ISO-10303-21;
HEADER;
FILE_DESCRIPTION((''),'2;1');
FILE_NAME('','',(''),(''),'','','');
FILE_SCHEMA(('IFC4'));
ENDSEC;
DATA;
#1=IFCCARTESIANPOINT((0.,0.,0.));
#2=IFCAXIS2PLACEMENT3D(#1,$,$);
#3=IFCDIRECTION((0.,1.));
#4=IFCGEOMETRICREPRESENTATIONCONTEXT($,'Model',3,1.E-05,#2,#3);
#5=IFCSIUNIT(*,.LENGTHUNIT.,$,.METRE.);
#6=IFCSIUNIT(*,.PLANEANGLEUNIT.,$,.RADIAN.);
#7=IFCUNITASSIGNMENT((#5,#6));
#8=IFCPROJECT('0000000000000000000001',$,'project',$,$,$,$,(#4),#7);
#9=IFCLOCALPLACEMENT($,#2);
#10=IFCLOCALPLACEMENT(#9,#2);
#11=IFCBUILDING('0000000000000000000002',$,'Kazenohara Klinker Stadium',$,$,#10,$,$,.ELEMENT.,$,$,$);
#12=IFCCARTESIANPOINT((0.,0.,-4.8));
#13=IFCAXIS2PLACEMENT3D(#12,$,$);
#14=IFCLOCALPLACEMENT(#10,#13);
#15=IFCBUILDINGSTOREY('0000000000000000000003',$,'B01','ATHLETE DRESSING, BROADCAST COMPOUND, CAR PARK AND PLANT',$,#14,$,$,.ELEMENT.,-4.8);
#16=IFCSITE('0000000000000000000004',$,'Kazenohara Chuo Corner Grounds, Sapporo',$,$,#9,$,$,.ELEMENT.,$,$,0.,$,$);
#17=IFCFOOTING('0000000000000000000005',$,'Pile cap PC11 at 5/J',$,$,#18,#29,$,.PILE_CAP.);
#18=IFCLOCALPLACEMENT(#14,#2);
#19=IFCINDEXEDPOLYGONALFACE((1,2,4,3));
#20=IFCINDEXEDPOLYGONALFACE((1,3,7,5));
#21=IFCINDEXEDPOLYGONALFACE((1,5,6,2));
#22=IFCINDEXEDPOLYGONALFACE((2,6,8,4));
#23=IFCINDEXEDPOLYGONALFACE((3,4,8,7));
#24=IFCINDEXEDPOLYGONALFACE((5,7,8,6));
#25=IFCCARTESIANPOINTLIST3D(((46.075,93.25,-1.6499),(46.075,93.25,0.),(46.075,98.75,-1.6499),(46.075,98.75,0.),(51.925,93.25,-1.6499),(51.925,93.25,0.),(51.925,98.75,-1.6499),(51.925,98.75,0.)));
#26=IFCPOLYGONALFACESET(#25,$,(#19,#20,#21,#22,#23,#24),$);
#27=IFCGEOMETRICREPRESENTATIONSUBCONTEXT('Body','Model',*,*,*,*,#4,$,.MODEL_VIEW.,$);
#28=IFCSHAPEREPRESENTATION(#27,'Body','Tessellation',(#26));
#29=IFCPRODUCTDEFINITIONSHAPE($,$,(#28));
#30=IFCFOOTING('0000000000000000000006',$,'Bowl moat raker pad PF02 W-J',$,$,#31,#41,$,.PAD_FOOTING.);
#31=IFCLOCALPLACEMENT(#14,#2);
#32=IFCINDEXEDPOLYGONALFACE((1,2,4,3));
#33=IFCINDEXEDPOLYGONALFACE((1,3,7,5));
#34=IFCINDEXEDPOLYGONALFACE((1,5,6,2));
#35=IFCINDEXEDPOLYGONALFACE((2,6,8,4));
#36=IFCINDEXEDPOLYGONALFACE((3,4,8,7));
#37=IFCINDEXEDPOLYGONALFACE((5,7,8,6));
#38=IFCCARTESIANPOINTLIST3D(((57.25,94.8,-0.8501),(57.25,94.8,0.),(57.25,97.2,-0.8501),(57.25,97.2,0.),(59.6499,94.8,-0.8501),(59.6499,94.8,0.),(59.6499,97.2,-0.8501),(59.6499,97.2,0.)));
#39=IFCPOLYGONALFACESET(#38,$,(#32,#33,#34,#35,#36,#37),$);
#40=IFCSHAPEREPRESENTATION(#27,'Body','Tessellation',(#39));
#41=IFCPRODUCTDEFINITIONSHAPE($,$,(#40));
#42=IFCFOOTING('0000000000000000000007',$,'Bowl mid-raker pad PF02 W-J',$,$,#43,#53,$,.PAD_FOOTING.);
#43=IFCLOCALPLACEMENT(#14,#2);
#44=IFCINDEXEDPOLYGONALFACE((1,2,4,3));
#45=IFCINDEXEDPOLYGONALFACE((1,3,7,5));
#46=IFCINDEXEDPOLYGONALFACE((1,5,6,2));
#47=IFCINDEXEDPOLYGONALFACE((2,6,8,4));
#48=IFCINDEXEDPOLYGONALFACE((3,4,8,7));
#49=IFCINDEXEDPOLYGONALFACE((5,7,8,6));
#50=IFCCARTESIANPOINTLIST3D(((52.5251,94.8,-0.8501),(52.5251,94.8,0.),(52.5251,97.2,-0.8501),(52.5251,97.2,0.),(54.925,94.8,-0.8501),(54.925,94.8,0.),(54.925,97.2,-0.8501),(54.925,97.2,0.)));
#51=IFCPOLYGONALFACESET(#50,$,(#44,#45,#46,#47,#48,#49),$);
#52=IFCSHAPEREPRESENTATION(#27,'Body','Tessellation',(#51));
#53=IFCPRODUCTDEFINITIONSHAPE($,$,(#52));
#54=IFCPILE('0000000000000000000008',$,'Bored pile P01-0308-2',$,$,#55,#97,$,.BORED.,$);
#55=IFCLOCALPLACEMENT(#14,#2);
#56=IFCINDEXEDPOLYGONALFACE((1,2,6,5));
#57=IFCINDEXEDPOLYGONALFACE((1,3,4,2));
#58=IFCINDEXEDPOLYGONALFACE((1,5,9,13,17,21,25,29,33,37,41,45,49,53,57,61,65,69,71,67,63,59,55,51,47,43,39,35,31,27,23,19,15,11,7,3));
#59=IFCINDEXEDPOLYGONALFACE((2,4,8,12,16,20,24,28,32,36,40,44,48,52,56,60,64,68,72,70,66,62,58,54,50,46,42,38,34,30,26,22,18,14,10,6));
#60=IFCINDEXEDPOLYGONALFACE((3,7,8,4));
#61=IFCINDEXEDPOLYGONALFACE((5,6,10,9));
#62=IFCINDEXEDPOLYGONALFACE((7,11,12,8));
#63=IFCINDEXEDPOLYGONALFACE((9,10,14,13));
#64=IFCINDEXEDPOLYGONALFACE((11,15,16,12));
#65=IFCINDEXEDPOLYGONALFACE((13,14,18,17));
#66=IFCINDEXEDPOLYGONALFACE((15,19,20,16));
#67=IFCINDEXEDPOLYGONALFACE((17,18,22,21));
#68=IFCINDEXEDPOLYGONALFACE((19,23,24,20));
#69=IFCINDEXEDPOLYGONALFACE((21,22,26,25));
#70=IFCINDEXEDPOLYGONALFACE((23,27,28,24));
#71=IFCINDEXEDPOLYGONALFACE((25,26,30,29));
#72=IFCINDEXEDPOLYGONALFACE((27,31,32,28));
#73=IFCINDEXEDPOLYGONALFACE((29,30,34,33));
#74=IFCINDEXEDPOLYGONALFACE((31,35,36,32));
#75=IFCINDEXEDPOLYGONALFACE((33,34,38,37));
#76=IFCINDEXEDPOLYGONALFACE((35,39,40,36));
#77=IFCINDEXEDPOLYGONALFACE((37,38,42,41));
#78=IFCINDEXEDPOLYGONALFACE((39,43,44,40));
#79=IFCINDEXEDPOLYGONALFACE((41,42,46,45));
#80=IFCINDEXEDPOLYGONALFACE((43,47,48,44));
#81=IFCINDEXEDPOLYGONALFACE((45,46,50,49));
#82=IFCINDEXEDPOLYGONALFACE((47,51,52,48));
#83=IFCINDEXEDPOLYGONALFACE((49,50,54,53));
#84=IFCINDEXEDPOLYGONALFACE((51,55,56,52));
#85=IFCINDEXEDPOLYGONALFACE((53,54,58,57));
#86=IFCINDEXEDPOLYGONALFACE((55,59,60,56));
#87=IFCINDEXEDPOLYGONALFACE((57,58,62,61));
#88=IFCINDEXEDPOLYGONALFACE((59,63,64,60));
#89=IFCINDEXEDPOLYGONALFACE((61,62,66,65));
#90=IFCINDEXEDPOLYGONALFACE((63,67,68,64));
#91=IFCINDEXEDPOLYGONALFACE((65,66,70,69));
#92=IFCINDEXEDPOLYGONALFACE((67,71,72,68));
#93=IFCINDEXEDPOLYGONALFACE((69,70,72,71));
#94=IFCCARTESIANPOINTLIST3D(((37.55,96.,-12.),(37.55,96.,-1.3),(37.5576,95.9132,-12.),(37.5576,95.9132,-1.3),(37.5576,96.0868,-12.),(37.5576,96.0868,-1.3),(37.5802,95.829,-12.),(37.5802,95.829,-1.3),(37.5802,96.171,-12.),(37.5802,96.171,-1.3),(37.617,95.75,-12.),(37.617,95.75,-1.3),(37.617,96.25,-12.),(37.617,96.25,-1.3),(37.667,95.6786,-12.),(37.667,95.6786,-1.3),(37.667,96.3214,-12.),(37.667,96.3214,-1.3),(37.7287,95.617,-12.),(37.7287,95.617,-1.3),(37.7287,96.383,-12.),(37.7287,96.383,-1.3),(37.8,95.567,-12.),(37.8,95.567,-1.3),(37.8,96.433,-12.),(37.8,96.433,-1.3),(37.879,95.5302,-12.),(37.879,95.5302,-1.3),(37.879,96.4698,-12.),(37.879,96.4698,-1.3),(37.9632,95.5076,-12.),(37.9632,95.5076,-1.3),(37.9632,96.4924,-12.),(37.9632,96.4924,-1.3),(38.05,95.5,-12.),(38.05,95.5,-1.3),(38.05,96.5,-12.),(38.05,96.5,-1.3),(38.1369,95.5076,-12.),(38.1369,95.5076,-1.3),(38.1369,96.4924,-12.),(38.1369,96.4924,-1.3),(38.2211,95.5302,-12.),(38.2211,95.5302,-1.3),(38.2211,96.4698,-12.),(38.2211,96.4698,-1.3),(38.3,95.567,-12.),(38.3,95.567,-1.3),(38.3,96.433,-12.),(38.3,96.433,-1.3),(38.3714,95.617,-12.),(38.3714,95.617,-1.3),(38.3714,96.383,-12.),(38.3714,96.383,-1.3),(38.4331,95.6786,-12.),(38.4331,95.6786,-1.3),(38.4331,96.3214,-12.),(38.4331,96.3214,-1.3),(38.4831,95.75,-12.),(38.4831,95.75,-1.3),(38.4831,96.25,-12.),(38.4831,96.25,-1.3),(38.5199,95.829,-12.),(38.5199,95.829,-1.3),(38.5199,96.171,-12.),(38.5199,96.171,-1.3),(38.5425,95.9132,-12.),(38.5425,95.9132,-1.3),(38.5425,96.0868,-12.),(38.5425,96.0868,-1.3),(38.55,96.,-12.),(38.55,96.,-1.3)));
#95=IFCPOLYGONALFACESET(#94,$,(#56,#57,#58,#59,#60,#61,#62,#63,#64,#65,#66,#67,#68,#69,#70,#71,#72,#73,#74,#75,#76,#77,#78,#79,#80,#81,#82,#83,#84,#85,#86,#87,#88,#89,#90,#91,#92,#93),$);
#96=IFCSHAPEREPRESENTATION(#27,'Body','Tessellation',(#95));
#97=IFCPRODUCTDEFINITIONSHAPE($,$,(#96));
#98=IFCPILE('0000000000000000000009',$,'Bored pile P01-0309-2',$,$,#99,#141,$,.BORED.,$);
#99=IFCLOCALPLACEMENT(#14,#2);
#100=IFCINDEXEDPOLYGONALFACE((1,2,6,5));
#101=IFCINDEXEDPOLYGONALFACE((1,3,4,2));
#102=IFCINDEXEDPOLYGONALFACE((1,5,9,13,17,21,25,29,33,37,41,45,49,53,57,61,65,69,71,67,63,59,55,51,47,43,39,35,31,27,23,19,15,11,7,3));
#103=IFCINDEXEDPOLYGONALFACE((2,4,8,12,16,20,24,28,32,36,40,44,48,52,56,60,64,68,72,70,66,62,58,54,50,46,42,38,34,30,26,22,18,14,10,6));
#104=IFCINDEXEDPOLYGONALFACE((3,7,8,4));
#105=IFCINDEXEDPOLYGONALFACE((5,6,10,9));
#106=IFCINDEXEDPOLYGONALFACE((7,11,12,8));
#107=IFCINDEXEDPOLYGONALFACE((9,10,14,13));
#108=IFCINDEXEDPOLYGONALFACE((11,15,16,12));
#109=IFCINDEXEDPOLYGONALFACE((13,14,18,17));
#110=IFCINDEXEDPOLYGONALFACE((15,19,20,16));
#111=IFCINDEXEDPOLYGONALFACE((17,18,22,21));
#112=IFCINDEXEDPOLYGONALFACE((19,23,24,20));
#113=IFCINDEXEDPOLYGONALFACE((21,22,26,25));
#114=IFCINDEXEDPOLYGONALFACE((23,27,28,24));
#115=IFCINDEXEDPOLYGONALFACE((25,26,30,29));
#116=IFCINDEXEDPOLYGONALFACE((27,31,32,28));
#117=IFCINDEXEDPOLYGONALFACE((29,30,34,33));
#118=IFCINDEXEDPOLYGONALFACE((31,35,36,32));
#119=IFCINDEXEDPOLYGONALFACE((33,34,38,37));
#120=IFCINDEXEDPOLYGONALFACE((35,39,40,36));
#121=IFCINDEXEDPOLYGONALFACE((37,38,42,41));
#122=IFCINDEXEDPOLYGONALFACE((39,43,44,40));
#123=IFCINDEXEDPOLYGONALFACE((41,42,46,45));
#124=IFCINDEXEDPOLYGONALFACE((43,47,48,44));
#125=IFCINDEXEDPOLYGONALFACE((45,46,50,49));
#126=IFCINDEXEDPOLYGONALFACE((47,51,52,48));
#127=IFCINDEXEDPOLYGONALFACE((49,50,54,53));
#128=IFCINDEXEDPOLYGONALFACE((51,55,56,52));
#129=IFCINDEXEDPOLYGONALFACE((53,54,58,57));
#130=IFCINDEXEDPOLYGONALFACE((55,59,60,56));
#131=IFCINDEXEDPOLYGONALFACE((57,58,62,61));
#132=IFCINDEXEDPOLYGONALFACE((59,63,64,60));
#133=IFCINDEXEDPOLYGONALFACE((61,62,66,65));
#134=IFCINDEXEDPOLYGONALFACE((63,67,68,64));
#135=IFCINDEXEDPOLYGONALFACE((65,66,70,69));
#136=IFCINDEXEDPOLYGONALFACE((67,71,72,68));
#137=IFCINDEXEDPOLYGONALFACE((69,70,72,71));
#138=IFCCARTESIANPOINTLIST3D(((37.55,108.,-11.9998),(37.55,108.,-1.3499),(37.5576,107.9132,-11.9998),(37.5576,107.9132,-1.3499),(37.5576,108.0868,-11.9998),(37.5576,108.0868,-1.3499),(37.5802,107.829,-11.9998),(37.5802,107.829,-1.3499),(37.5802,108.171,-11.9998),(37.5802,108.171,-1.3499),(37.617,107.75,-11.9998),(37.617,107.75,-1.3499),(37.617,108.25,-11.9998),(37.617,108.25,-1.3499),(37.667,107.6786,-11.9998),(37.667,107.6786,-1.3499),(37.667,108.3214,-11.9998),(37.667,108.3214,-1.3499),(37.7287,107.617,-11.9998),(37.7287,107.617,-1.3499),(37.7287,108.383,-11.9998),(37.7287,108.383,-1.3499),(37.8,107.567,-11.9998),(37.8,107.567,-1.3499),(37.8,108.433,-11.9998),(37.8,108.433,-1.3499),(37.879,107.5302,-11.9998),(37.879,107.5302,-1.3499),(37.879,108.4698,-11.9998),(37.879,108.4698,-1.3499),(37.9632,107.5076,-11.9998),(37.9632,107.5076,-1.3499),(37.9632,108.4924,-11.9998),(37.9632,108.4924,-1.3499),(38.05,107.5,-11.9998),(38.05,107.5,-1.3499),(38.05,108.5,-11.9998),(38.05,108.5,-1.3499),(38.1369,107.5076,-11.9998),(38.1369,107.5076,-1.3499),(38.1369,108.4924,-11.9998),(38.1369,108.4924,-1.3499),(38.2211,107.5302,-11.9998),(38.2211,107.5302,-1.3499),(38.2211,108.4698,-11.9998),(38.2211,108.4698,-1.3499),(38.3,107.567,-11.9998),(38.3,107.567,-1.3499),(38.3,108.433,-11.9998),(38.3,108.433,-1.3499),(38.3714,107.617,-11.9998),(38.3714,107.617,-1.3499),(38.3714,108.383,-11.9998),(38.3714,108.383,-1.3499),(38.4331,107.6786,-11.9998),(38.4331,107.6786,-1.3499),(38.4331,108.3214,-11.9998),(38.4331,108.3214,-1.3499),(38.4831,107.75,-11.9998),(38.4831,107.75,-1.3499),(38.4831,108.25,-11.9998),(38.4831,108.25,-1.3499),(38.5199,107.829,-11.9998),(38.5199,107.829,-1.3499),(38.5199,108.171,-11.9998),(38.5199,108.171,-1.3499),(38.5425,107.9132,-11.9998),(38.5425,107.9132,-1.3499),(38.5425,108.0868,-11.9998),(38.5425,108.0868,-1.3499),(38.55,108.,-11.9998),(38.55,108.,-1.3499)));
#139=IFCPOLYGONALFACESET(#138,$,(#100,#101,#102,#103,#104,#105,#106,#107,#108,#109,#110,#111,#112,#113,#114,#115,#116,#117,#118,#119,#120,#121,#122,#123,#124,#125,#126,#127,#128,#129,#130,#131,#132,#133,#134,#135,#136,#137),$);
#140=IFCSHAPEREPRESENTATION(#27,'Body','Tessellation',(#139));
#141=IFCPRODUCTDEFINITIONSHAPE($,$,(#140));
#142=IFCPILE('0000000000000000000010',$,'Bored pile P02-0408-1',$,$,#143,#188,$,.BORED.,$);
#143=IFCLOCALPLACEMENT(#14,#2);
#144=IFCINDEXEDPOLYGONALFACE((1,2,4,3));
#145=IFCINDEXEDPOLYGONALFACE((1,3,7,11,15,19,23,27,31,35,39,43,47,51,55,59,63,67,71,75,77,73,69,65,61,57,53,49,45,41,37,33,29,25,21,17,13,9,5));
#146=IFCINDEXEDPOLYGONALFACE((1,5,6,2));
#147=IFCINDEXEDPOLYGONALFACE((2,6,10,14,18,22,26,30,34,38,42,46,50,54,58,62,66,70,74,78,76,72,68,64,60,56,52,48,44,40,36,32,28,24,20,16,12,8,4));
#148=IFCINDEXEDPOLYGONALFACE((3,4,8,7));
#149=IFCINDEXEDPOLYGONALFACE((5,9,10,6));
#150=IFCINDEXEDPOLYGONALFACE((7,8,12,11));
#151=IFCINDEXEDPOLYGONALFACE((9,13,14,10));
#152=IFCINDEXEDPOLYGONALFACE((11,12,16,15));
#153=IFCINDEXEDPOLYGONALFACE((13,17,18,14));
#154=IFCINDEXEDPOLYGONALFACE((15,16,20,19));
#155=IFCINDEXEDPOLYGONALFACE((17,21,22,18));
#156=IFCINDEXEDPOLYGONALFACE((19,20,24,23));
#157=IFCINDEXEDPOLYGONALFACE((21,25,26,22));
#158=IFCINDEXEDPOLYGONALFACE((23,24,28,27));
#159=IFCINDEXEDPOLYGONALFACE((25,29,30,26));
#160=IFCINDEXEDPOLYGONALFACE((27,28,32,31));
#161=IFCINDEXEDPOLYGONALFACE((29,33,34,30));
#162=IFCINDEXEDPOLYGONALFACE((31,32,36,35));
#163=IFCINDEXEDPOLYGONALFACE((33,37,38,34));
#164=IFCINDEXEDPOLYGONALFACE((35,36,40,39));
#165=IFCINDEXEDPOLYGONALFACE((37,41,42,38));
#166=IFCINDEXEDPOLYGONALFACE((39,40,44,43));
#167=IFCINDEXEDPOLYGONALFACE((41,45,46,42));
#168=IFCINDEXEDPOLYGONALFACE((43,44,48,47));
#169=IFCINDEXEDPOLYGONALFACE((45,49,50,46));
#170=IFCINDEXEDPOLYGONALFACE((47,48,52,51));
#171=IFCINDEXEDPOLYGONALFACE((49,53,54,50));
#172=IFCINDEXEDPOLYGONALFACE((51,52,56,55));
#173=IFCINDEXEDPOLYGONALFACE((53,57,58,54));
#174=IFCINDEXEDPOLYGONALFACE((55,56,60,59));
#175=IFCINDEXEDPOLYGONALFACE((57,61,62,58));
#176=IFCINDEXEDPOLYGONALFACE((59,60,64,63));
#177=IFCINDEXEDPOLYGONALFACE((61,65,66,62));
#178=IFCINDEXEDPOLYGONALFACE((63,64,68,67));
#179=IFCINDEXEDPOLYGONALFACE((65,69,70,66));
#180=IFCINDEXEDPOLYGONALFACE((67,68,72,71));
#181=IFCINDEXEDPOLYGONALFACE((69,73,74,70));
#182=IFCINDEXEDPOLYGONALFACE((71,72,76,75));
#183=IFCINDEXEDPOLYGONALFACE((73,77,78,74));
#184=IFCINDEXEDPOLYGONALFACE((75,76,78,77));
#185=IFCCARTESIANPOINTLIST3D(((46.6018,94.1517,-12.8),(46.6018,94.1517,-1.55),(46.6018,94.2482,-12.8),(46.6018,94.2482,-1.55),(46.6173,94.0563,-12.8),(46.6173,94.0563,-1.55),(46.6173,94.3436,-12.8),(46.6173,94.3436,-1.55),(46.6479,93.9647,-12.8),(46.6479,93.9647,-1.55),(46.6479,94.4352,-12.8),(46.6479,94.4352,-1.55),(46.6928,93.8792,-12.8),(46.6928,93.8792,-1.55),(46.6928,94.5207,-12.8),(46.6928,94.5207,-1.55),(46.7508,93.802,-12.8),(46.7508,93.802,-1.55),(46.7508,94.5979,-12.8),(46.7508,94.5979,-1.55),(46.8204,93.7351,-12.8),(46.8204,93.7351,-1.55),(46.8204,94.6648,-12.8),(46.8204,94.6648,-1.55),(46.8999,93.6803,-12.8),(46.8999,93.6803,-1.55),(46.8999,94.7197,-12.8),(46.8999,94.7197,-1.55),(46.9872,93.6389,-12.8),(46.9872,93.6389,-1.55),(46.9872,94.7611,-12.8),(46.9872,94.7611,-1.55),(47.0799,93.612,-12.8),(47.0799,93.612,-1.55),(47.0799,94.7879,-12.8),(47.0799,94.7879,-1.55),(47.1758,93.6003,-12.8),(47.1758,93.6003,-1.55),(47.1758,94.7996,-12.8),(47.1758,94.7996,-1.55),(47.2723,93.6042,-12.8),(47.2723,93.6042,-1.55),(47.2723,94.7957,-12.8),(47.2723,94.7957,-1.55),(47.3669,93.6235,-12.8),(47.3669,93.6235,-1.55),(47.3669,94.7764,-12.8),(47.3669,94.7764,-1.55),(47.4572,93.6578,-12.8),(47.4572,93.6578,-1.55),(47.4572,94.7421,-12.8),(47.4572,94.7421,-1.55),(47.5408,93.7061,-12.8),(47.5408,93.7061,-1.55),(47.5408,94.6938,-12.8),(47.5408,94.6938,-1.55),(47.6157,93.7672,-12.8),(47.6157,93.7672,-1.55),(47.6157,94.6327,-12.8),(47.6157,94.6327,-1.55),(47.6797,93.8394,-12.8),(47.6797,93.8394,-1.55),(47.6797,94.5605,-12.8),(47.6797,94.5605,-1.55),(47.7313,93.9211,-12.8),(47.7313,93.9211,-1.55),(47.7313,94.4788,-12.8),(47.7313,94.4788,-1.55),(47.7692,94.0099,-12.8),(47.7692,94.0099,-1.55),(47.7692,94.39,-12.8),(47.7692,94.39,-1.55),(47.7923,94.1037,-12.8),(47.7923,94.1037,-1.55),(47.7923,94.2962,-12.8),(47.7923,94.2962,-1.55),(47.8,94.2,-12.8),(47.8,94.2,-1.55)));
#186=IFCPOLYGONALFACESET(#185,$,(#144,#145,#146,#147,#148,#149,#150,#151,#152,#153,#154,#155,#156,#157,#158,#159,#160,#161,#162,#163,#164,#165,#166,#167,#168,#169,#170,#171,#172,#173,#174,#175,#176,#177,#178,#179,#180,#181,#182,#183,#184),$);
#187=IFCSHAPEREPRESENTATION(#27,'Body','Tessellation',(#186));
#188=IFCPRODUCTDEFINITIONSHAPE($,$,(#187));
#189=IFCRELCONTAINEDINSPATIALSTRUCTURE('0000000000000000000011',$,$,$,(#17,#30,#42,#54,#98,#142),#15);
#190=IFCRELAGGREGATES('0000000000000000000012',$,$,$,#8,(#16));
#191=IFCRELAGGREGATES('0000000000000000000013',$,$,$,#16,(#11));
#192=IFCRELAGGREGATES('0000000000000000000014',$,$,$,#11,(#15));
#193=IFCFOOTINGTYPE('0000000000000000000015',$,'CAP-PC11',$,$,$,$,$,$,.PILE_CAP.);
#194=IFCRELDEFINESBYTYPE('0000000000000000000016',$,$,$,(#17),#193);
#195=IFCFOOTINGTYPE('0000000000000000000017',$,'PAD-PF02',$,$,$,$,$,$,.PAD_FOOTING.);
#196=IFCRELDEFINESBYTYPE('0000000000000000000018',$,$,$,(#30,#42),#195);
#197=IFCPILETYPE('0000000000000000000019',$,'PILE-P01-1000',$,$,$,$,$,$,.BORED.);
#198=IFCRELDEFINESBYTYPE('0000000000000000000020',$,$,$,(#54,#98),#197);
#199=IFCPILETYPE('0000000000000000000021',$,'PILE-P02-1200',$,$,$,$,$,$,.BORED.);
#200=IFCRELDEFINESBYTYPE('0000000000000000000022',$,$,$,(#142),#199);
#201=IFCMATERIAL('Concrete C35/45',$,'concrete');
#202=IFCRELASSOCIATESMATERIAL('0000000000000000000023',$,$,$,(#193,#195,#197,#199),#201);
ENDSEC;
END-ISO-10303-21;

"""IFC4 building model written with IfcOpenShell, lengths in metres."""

from ifc_helpers import new_model, si_unit, direction, frame, origin, origin_2d, place, context, subcontext, project, spatial, rectangle, circle, extrude, material, material_profile, profile_set, type_object, element, save


model = new_model("IFC4")

# Units and contexts
model_context = context("Model", 3, precision=1e-05, world=origin(), true_north=direction((0.0, 1.0)))
body_context = subcontext(model_context, "Body", "Model", "MODEL_VIEW")
ifc_project = project(units=[si_unit("LENGTHUNIT", "METRE"), si_unit("PLANEANGLEUNIT", "RADIAN")], contexts=[model_context])

# Site, building, storey
site_placement = place(None, origin())
site = spatial("IfcSite", under=ifc_project, at=site_placement, Name="Kazenohara Chuo Corner Grounds, Sapporo", CompositionType="ELEMENT", RefElevation=0.0)
building_placement = place(site_placement, origin())
building = spatial("IfcBuilding", under=site, at=building_placement, Name="Kazenohara Klinker Stadium", CompositionType="ELEMENT")
storey_placement = place(building_placement, frame((0.0, 0.0, -4.8)))
storey = spatial("IfcBuildingStorey", under=building, at=storey_placement, Name="B01", Description="ATHLETE DRESSING, BROADCAST COMPOUND, CAR PARK AND PLANT", CompositionType="ELEMENT", Elevation=-4.8)

# Footings
ifc_material_1 = material(Name="Concrete C35/45", Category="concrete")
footing_type_1 = type_object("IfcFootingType", Name="CAP-PC11", PredefinedType="PILE_CAP", material=ifc_material_1)
footing_placement = place(storey_placement, frame((49.0, 96.0, -1.6499), z_axis=(0.0, 0.0, 1.0), x_axis=(1.0, 0.0, 0.0)))
element("IfcFooting", 1, at=footing_placement, inside=storey, type_object=footing_type_1, Name="Pile cap PC11 at 5/J", PredefinedType="PILE_CAP", context=body_context, shape_type="SweptSolid", body=[
    extrude(rectangle(XDim=5.8501, YDim=5.5, at=origin_2d()), origin(), (0.0, 0.0, 1.0), 1.6499),
])
footing_type_2 = type_object("IfcFootingType", Name="PAD-PF02", PredefinedType="PAD_FOOTING", material=ifc_material_1)
for number, where, z_axis, x_axis, name in (
    (2, (58.45, 96.0, -0.8501), (0.0, 0.0, 1.0), (1.0, 0.0, 0.0), "Bowl moat raker pad PF02 W-J"),
    (3, (53.7251, 96.0, -0.8501), (0.0, 0.0, 1.0), (1.0, 0.0, 0.0), "Bowl mid-raker pad PF02 W-J"),
):
    element("IfcFooting", number, at=place(storey_placement, frame(where, z_axis=z_axis, x_axis=x_axis)), inside=storey, type_object=footing_type_2, Name=name, PredefinedType="PAD_FOOTING", context=body_context, shape_type="SweptSolid", body=[
        extrude(rectangle(XDim=2.3999, YDim=2.3999, at=origin_2d()), origin(), (0.0, 0.0, 1.0), 0.8501),
    ])

# Piles
ifc_material_profile_1 = material_profile(ifc_material_1, circle(Radius=0.5, at=origin_2d()), Name="BORED-PILE-1000")
ifc_profile_set_1 = profile_set([ifc_material_profile_1], Name="Concrete C35/45")
pile_type_1 = type_object("IfcPileType", Name="PILE-P01-1000", PredefinedType="BORED", material=ifc_profile_set_1)
pile_1_placement = place(storey_placement, frame((38.05, 96.0, -1.3), z_axis=(0.0, 0.0, -1.0), x_axis=(1.0, 0.0, 0.0)))
element("IfcPile", 4, at=pile_1_placement, inside=storey, type_object=pile_type_1, Name="Bored pile P01-0308-2", PredefinedType="BORED", context=body_context, shape_type="SweptSolid", body=[
    extrude(circle(Radius=0.5, at=origin_2d()), origin(), (0.0, 0.0, 1.0), 10.7),
])
pile_2_placement = place(storey_placement, frame((38.05, 108.0, -1.3499), z_axis=(0.0, 0.0, -1.0), x_axis=(1.0, 0.0, 0.0)))
element("IfcPile", 5, at=pile_2_placement, inside=storey, type_object=pile_type_1, Name="Bored pile P01-0309-2", PredefinedType="BORED", context=body_context, shape_type="SweptSolid", body=[
    extrude(circle(Radius=0.5, at=origin_2d()), origin(), (0.0, 0.0, 1.0), 10.6499),
])
ifc_material_profile_2 = material_profile(ifc_material_1, circle(Radius=0.6001, at=origin_2d()), Name="BORED-PILE-1200")
ifc_profile_set_2 = profile_set([ifc_material_profile_2], Name="Concrete C35/45")
pile_type_2 = type_object("IfcPileType", Name="PILE-P02-1200", PredefinedType="BORED", material=ifc_profile_set_2)
for number, where, z_axis, x_axis, name in (
    (6, (47.2, 94.2, -1.55), (0.0, 0.0, -1.0), (1.0, 0.0, 0.0), "Bored pile P02-0408-1"),
):
    element("IfcPile", number, at=place(storey_placement, frame(where, z_axis=z_axis, x_axis=x_axis)), inside=storey, type_object=pile_type_2, Name=name, PredefinedType="BORED", context=body_context, shape_type="SweptSolid", body=[
        extrude(circle(Radius=0.6001, at=origin_2d()), origin(), (0.0, 0.0, 1.0), 11.25),
    ])

save(model, "model.ifc")
